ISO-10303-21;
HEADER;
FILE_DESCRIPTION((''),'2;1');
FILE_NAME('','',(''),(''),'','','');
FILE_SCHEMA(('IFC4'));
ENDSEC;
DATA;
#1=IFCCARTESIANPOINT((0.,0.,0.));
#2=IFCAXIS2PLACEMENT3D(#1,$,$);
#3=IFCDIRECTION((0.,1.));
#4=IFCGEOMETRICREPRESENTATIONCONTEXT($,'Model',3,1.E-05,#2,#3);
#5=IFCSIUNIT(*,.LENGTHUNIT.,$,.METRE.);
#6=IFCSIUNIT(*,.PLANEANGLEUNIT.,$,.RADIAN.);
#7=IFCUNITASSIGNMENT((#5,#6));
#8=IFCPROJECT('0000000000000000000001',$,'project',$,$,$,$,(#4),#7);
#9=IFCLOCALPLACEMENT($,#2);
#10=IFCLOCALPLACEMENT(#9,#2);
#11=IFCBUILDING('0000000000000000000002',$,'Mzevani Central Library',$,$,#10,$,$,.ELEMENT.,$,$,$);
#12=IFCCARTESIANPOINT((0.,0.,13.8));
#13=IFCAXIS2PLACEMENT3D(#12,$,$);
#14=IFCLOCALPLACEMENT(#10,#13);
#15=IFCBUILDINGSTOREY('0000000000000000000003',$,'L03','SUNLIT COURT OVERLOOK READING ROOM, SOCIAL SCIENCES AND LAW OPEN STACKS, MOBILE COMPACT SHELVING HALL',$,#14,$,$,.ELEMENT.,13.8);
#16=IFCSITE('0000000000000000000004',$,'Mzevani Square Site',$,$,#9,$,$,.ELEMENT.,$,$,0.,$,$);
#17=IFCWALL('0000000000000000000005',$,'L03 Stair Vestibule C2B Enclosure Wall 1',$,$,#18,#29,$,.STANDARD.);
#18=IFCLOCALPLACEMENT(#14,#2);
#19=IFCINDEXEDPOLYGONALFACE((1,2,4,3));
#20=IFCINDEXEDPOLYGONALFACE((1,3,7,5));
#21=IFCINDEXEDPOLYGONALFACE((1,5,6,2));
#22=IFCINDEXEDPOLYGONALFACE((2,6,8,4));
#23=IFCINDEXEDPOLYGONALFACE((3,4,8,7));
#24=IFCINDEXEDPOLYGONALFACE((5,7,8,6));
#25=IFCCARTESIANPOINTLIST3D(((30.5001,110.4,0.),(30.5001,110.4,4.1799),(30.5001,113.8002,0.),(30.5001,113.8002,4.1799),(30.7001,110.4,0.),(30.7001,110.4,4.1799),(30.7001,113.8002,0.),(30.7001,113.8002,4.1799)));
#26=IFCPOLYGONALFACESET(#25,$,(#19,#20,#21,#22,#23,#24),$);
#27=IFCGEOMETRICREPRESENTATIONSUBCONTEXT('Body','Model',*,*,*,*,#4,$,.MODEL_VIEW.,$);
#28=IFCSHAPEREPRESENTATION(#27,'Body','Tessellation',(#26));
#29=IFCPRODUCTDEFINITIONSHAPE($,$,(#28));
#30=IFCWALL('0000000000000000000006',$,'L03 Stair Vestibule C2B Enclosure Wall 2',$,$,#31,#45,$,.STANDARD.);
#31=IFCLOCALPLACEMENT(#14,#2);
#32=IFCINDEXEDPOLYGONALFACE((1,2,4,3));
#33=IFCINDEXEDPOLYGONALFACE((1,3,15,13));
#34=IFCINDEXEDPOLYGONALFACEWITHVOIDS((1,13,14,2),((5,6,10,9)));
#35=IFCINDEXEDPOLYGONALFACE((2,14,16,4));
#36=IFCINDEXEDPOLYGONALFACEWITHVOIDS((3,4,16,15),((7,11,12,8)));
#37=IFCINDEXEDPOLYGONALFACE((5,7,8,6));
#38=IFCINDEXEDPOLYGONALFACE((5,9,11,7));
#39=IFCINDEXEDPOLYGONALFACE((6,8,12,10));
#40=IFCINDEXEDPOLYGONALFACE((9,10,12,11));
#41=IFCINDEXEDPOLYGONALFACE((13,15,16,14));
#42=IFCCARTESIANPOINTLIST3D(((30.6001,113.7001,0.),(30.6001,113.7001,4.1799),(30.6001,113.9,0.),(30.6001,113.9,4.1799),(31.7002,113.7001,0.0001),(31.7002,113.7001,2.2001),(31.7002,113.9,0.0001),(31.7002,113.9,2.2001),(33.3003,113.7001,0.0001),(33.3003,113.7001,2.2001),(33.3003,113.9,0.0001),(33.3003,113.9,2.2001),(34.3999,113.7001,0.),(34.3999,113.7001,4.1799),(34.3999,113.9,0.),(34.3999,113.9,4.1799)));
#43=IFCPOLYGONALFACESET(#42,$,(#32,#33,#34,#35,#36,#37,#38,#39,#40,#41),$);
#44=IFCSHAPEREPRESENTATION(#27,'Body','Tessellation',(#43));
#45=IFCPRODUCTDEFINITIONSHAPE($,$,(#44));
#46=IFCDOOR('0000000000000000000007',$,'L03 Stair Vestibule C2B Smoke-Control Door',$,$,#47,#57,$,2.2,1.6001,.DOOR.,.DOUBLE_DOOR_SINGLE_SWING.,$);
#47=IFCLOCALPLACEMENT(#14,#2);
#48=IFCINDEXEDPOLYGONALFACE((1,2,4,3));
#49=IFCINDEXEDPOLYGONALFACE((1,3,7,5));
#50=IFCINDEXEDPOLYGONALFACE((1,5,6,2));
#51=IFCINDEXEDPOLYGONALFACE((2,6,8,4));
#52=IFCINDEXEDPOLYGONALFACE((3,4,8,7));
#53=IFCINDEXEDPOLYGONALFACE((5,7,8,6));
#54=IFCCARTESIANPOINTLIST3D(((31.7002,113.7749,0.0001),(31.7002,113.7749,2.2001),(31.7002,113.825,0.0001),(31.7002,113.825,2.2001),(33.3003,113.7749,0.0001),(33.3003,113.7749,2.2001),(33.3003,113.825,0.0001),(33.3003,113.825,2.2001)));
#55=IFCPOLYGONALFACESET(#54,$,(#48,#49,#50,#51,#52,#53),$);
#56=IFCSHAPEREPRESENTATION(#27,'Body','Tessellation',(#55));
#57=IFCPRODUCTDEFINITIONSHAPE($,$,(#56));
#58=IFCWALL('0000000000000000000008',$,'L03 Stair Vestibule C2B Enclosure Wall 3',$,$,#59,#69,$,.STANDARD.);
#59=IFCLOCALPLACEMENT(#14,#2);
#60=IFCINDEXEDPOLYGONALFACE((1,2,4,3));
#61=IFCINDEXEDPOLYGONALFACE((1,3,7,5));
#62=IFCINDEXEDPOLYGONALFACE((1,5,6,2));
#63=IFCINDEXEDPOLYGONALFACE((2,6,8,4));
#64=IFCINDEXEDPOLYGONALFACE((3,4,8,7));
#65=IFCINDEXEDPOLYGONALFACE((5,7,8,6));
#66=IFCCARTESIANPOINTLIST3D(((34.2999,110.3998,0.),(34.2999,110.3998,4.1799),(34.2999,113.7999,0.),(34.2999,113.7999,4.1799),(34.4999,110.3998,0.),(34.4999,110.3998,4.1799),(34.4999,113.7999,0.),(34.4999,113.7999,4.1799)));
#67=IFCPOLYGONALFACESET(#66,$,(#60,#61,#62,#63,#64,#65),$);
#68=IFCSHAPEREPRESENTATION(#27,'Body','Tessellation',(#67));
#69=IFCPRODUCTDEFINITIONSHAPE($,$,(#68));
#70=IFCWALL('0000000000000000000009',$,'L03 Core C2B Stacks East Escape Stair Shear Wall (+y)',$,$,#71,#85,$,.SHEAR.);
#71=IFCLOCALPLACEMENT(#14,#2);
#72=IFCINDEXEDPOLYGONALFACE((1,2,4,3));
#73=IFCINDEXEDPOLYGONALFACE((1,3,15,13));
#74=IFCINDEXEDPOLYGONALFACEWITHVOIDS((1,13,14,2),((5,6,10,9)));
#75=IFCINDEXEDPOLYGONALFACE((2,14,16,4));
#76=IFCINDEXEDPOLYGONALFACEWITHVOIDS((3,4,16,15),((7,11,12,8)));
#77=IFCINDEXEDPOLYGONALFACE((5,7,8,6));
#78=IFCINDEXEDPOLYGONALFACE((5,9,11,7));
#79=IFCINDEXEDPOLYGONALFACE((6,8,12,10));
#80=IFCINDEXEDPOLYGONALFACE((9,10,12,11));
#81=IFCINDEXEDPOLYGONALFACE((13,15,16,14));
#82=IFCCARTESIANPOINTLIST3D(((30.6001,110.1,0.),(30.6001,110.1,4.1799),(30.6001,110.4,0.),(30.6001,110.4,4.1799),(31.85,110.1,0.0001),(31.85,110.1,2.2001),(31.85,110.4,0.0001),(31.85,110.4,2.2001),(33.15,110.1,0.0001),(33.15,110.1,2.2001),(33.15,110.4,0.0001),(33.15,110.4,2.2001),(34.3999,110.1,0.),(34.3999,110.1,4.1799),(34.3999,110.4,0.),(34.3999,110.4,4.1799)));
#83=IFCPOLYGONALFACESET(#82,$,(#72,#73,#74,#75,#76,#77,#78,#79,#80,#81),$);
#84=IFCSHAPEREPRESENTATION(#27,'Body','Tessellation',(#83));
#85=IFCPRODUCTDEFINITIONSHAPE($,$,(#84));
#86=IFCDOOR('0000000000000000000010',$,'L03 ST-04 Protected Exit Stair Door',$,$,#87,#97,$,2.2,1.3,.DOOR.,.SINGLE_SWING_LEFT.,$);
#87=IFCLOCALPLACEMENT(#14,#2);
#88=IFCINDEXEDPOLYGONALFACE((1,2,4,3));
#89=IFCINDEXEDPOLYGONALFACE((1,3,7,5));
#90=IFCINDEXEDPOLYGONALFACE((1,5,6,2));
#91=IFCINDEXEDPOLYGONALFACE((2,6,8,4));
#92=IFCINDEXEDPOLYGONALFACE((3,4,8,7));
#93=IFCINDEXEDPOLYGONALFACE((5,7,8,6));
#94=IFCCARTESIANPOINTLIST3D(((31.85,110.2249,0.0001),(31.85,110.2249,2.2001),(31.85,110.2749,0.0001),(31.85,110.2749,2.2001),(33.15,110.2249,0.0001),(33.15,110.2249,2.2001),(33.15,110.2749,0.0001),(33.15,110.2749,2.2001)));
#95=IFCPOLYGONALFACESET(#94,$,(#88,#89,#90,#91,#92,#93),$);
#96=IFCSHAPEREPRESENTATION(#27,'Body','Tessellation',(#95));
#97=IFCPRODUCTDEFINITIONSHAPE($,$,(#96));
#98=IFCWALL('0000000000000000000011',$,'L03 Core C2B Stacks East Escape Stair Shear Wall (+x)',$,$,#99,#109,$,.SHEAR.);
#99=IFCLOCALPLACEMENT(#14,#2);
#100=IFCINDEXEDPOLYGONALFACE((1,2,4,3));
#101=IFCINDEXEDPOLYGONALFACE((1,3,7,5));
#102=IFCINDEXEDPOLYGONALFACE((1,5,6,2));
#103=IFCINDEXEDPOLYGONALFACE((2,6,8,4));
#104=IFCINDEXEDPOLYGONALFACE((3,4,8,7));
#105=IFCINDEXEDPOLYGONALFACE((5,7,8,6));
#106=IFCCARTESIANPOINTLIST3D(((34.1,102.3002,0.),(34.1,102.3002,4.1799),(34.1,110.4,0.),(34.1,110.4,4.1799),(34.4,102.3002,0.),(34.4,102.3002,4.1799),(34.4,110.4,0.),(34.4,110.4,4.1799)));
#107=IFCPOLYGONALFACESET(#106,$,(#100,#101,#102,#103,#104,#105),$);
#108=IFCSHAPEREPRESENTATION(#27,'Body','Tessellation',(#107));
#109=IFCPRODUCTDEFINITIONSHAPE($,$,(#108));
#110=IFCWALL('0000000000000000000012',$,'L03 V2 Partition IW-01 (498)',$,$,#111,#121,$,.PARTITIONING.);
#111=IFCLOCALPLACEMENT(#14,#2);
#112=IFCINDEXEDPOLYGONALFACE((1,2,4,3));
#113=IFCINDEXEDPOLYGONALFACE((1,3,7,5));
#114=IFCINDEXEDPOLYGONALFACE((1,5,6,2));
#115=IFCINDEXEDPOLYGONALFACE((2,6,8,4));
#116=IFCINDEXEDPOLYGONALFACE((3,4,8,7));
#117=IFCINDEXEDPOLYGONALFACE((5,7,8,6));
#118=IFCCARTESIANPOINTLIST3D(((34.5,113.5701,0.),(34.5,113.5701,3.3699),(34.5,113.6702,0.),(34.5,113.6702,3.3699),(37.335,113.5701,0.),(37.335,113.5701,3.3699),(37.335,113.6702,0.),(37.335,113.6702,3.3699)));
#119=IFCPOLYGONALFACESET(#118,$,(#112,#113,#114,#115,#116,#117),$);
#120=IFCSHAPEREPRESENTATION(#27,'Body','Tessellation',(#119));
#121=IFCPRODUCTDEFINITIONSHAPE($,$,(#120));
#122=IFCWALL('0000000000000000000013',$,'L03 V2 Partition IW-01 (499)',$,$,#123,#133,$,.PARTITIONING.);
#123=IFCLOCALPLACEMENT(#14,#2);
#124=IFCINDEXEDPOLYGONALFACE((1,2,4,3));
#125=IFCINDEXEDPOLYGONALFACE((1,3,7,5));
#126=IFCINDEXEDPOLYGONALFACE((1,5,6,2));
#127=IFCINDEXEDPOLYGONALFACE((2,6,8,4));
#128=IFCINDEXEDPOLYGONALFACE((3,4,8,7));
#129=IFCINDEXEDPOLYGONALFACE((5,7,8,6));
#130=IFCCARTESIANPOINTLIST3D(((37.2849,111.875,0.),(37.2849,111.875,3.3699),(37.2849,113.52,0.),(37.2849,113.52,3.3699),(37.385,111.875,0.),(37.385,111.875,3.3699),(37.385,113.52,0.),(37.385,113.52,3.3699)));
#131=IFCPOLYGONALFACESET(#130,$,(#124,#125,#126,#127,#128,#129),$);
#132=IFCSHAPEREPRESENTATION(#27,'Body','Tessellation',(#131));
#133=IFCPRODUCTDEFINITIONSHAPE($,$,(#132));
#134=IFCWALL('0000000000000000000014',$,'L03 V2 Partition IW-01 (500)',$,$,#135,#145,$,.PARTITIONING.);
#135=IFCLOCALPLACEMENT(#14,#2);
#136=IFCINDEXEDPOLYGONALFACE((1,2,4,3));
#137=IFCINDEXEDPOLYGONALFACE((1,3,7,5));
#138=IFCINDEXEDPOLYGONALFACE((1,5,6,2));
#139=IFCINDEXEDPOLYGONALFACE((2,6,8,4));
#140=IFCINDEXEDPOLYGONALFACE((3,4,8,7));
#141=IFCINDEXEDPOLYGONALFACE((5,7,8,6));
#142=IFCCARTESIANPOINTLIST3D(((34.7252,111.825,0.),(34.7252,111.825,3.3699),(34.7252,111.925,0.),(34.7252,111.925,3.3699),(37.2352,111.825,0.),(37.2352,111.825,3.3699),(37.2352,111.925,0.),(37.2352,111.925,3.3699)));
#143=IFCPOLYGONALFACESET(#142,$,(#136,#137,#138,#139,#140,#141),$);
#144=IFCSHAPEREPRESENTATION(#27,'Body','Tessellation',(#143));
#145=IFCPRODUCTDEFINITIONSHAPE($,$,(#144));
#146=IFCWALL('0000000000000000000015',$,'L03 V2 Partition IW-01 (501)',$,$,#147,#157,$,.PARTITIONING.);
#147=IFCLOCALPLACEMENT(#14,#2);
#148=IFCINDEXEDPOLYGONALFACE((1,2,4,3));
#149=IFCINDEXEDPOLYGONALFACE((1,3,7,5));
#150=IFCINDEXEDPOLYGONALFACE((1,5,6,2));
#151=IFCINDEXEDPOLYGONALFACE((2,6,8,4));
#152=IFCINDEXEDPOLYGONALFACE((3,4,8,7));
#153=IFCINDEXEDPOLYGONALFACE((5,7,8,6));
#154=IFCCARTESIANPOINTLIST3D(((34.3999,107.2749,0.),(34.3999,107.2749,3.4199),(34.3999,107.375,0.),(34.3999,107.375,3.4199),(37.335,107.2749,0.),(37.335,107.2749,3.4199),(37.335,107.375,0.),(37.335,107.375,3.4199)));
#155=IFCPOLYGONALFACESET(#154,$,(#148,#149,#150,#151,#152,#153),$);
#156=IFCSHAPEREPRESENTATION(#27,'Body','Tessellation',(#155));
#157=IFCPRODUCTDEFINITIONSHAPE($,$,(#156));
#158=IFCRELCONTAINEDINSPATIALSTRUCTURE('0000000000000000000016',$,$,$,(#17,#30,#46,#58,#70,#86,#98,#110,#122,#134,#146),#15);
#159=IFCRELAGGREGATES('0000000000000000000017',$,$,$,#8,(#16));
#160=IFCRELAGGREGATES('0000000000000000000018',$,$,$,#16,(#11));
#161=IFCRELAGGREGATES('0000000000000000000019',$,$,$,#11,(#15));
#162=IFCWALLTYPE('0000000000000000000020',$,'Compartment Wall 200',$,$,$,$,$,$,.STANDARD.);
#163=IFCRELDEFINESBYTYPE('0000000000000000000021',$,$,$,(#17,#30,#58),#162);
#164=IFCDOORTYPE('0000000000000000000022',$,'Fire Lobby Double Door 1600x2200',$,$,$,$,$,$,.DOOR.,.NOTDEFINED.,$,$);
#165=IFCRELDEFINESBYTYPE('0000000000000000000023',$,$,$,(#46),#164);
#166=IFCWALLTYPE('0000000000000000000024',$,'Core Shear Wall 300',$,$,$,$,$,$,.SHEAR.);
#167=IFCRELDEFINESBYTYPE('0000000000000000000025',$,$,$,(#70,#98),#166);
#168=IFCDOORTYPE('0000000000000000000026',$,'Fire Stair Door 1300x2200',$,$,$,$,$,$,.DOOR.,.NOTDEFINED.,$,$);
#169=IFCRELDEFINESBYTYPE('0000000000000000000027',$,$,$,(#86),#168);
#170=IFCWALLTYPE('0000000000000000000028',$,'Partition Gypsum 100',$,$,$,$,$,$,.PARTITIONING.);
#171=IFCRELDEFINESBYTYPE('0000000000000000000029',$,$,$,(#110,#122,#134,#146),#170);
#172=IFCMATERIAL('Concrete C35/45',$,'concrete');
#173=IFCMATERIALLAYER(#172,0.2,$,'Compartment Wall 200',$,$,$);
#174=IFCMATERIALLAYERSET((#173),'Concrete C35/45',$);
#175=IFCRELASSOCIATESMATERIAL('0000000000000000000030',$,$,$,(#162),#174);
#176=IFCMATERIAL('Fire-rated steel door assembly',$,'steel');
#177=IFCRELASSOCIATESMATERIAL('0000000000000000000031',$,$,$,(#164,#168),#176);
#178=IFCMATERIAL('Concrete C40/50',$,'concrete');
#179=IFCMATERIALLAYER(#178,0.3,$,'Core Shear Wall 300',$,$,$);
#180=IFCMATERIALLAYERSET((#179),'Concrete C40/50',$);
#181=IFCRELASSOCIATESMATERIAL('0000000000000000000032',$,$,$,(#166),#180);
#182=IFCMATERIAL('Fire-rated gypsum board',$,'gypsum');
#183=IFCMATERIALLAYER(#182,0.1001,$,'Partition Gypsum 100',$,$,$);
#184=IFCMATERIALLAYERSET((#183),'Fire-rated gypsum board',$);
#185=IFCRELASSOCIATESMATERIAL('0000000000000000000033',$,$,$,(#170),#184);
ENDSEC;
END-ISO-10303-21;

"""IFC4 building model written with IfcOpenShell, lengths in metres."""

from ifc_helpers import new_model, si_unit, direction, frame, frame_2d, origin, place, context, subcontext, project, spatial, rectangle, extrude, material, layer, layer_set, type_object, element, fill, save


model = new_model("IFC4")

# Units and contexts
model_context = context("Model", 3, precision=1e-05, world=origin(), true_north=direction((0.0, 1.0)))
body_context = subcontext(model_context, "Body", "Model", "MODEL_VIEW")
ifc_project = project(units=[si_unit("LENGTHUNIT", "METRE"), si_unit("PLANEANGLEUNIT", "RADIAN")], contexts=[model_context])

# Site, building, storey
site_placement = place(None, origin())
site = spatial("IfcSite", under=ifc_project, at=site_placement, Name="Mzevani Square Site", CompositionType="ELEMENT", RefElevation=0.0)
building_placement = place(site_placement, origin())
building = spatial("IfcBuilding", under=site, at=building_placement, Name="Mzevani Central Library", CompositionType="ELEMENT")
storey_placement = place(building_placement, frame((0.0, 0.0, 13.8)))
storey = spatial("IfcBuildingStorey", under=building, at=storey_placement, Name="L03", Description="SUNLIT COURT OVERLOOK READING ROOM, SOCIAL SCIENCES AND LAW OPEN STACKS, MOBILE COMPACT SHELVING HALL", CompositionType="ELEMENT", Elevation=13.8)

# Shared definitions
ifc_material_1 = material(Name="Concrete C40/50", Category="concrete")

# Shared definitions
ifc_material_2 = material(Name="Concrete C35/45", Category="concrete")

# Wall
ifc_layer_1 = layer(ifc_material_2, 0.2, Name="Compartment Wall 200")
ifc_layer_set_1 = layer_set([ifc_layer_1], Name="Concrete C35/45")
wall_type_1 = type_object("IfcWallType", Name="Compartment Wall 200", PredefinedType="STANDARD", material=ifc_layer_set_1)
wall_1_placement = place(storey_placement, frame((30.6001, 110.3999, 0.0), z_axis=(0.0, 0.0, 1.0), x_axis=(0.0, 1.0, 0.0)))
element("IfcWall", 1, at=wall_1_placement, inside=storey, type_object=wall_type_1, Name="L03 Stair Vestibule C2B Enclosure Wall 1", PredefinedType="STANDARD", context=body_context, shape_type="SweptSolid", body=[
    extrude(rectangle(XDim=3.4001, YDim=0.2, at=frame_2d((1.7002, 0.0))), origin(), (0.0, 0.0, 1.0), 4.1799),
])

# Wall, opening, door
wall_2_placement = place(storey_placement, frame((30.6001, 113.8, 0.0), z_axis=(0.0, 0.0, 1.0), x_axis=(1.0, 0.0, 0.0)))
wall_2 = element("IfcWall", 2, at=wall_2_placement, inside=storey, type_object=wall_type_1, Name="L03 Stair Vestibule C2B Enclosure Wall 2", PredefinedType="STANDARD", context=body_context, shape_type="SweptSolid", body=[
    extrude(rectangle(XDim=3.7998, YDim=0.2, at=frame_2d((1.8999, 0.0))), origin(), (0.0, 0.0, 1.0), 4.1799),
])
opening_1_placement = place(wall_2_placement, frame((1.1001, 0.0, 0.0)))
opening_1 = element("IfcOpeningElement", 3, at=opening_1_placement, cuts=wall_2, PredefinedType="OPENING", context=body_context, shape_type="SweptSolid", body=[
    extrude(rectangle(XDim=1.6001, YDim=2.2, at=frame_2d((0.8, 1.1001))), frame((0.0, 0.1099, 0.0), z_axis=(0.0, -1.0, 0.0), x_axis=(1.0, 0.0, 0.0)), (0.0, 0.0, 1.0), 0.22),
])
ifc_material_3 = material(Name="Fire-rated steel door assembly", Category="steel")
door_type_1 = type_object("IfcDoorType", Name="Fire Lobby Double Door 1600x2200", OperationType="NOTDEFINED", PredefinedType="DOOR", material=ifc_material_3)
door_1_placement = place(opening_1_placement, origin())
door_1 = element("IfcDoor", 4, at=door_1_placement, inside=storey, type_object=door_type_1, Name="L03 Stair Vestibule C2B Smoke-Control Door", OperationType="DOUBLE_DOOR_SINGLE_SWING", OverallHeight=2.2, OverallWidth=1.6001, PredefinedType="DOOR", context=body_context, shape_type="SweptSolid", body=[
    extrude(rectangle(XDim=1.6001, YDim=2.2, at=frame_2d((0.8, 1.1001))), frame((0.0, 0.0249, 0.0), z_axis=(0.0, -1.0, 0.0), x_axis=(1.0, 0.0, 0.0)), (0.0, 0.0, 1.0), 0.05),
])
fill(opening_1, door_1)

# Wall
wall_3_placement = place(storey_placement, frame((34.3999, 113.8, 0.0), z_axis=(0.0, 0.0, 1.0), x_axis=(0.0, -1.0, 0.0)))
element("IfcWall", 5, at=wall_3_placement, inside=storey, type_object=wall_type_1, Name="L03 Stair Vestibule C2B Enclosure Wall 3", PredefinedType="STANDARD", context=body_context, shape_type="SweptSolid", body=[
    extrude(rectangle(XDim=3.4001, YDim=0.2, at=frame_2d((1.7002, 0.0))), origin(), (0.0, 0.0, 1.0), 4.1799),
])

# Wall, opening, door
ifc_layer_2 = layer(ifc_material_1, 0.3, Name="Core Shear Wall 300")
ifc_layer_set_2 = layer_set([ifc_layer_2], Name="Concrete C40/50")
wall_type_2 = type_object("IfcWallType", Name="Core Shear Wall 300", PredefinedType="SHEAR", material=ifc_layer_set_2)
wall_4_placement = place(storey_placement, frame((30.6001, 110.25, 0.0), z_axis=(0.0, 0.0, 1.0), x_axis=(1.0, 0.0, 0.0)))
wall_4 = element("IfcWall", 6, at=wall_4_placement, inside=storey, type_object=wall_type_2, Name="L03 Core C2B Stacks East Escape Stair Shear Wall (+y)", PredefinedType="SHEAR", context=body_context, shape_type="SweptSolid", body=[
    extrude(rectangle(XDim=3.7998, YDim=0.3, at=frame_2d((1.8999, 0.0))), origin(), (0.0, 0.0, 1.0), 4.1799),
])
opening_2_placement = place(wall_4_placement, frame((1.25, 0.0, 0.0)))
opening_2 = element("IfcOpeningElement", 7, at=opening_2_placement, cuts=wall_4, PredefinedType="OPENING", context=body_context, shape_type="SweptSolid", body=[
    extrude(rectangle(XDim=1.3, YDim=2.2, at=frame_2d((0.6499, 1.1001))), frame((0.0, 0.1602, 0.0), z_axis=(0.0, -1.0, 0.0), x_axis=(1.0, 0.0, 0.0)), (0.0, 0.0, 1.0), 0.3201),
])
door_type_2 = type_object("IfcDoorType", Name="Fire Stair Door 1300x2200", OperationType="NOTDEFINED", PredefinedType="DOOR", material=ifc_material_3)
door_2_placement = place(opening_2_placement, origin())
door_2 = element("IfcDoor", 8, at=door_2_placement, inside=storey, type_object=door_type_2, Name="L03 ST-04 Protected Exit Stair Door", OperationType="SINGLE_SWING_LEFT", OverallHeight=2.2, OverallWidth=1.3, PredefinedType="DOOR", context=body_context, shape_type="SweptSolid", body=[
    extrude(rectangle(XDim=1.3, YDim=2.2, at=frame_2d((0.6499, 1.1001))), frame((0.0, 0.0249, 0.0), z_axis=(0.0, -1.0, 0.0), x_axis=(1.0, 0.0, 0.0)), (0.0, 0.0, 1.0), 0.05),
])
fill(opening_2, door_2)

# Walls
wall_5_placement = place(storey_placement, frame((34.25, 110.3999, 0.0), z_axis=(0.0, 0.0, 1.0), x_axis=(0.0, -1.0, 0.0)))
element("IfcWall", 9, at=wall_5_placement, inside=storey, type_object=wall_type_2, Name="L03 Core C2B Stacks East Escape Stair Shear Wall (+x)", PredefinedType="SHEAR", context=body_context, shape_type="SweptSolid", body=[
    extrude(rectangle(XDim=8.0999, YDim=0.3, at=frame_2d((4.0498, 0.0))), origin(), (0.0, 0.0, 1.0), 4.1799),
])
ifc_material_4 = material(Name="Fire-rated gypsum board", Category="gypsum")
ifc_layer_3 = layer(ifc_material_4, 0.1001, Name="Partition Gypsum 100")
ifc_layer_set_3 = layer_set([ifc_layer_3], Name="Fire-rated gypsum board")
wall_type_3 = type_object("IfcWallType", Name="Partition Gypsum 100", PredefinedType="PARTITIONING", material=ifc_layer_set_3)
wall_6_placement = place(storey_placement, frame((34.5, 113.6201, 0.0), z_axis=(0.0, 0.0, 1.0), x_axis=(1.0, 0.0, 0.0)))
element("IfcWall", 10, at=wall_6_placement, inside=storey, type_object=wall_type_3, Name="L03 V2 Partition IW-01 (498)", PredefinedType="PARTITIONING", context=body_context, shape_type="SweptSolid", body=[
    extrude(rectangle(XDim=2.835, YDim=0.1001, at=frame_2d((1.4175, 0.0))), origin(), (0.0, 0.0, 1.0), 3.3699),
])
wall_7_placement = place(storey_placement, frame((37.335, 113.52, 0.0), z_axis=(0.0, 0.0, 1.0), x_axis=(0.0, -1.0, 0.0)))
element("IfcWall", 11, at=wall_7_placement, inside=storey, type_object=wall_type_3, Name="L03 V2 Partition IW-01 (499)", PredefinedType="PARTITIONING", context=body_context, shape_type="SweptSolid", body=[
    extrude(rectangle(XDim=1.645, YDim=0.1001, at=frame_2d((0.8225, 0.0))), origin(), (0.0, 0.0, 1.0), 3.3699),
])
wall_8_placement = place(storey_placement, frame((37.2351, 111.875, 0.0), z_axis=(0.0, 0.0, 1.0), x_axis=(-1.0, 0.0, 0.0)))
element("IfcWall", 12, at=wall_8_placement, inside=storey, type_object=wall_type_3, Name="L03 V2 Partition IW-01 (500)", PredefinedType="PARTITIONING", context=body_context, shape_type="SweptSolid", body=[
    extrude(rectangle(XDim=2.51, YDim=0.1001, at=frame_2d((1.2549, 0.0))), origin(), (0.0, 0.0, 1.0), 3.3699),
])
wall_9_placement = place(storey_placement, frame((34.3999, 107.325, 0.0), z_axis=(0.0, 0.0, 1.0), x_axis=(1.0, 0.0, 0.0)))
element("IfcWall", 13, at=wall_9_placement, inside=storey, type_object=wall_type_3, Name="L03 V2 Partition IW-01 (501)", PredefinedType="PARTITIONING", context=body_context, shape_type="SweptSolid", body=[
    extrude(rectangle(XDim=2.9351, YDim=0.1001, at=frame_2d((1.4675, 0.0))), origin(), (0.0, 0.0, 1.0), 3.4199),
])

save(model, "model.ifc")
